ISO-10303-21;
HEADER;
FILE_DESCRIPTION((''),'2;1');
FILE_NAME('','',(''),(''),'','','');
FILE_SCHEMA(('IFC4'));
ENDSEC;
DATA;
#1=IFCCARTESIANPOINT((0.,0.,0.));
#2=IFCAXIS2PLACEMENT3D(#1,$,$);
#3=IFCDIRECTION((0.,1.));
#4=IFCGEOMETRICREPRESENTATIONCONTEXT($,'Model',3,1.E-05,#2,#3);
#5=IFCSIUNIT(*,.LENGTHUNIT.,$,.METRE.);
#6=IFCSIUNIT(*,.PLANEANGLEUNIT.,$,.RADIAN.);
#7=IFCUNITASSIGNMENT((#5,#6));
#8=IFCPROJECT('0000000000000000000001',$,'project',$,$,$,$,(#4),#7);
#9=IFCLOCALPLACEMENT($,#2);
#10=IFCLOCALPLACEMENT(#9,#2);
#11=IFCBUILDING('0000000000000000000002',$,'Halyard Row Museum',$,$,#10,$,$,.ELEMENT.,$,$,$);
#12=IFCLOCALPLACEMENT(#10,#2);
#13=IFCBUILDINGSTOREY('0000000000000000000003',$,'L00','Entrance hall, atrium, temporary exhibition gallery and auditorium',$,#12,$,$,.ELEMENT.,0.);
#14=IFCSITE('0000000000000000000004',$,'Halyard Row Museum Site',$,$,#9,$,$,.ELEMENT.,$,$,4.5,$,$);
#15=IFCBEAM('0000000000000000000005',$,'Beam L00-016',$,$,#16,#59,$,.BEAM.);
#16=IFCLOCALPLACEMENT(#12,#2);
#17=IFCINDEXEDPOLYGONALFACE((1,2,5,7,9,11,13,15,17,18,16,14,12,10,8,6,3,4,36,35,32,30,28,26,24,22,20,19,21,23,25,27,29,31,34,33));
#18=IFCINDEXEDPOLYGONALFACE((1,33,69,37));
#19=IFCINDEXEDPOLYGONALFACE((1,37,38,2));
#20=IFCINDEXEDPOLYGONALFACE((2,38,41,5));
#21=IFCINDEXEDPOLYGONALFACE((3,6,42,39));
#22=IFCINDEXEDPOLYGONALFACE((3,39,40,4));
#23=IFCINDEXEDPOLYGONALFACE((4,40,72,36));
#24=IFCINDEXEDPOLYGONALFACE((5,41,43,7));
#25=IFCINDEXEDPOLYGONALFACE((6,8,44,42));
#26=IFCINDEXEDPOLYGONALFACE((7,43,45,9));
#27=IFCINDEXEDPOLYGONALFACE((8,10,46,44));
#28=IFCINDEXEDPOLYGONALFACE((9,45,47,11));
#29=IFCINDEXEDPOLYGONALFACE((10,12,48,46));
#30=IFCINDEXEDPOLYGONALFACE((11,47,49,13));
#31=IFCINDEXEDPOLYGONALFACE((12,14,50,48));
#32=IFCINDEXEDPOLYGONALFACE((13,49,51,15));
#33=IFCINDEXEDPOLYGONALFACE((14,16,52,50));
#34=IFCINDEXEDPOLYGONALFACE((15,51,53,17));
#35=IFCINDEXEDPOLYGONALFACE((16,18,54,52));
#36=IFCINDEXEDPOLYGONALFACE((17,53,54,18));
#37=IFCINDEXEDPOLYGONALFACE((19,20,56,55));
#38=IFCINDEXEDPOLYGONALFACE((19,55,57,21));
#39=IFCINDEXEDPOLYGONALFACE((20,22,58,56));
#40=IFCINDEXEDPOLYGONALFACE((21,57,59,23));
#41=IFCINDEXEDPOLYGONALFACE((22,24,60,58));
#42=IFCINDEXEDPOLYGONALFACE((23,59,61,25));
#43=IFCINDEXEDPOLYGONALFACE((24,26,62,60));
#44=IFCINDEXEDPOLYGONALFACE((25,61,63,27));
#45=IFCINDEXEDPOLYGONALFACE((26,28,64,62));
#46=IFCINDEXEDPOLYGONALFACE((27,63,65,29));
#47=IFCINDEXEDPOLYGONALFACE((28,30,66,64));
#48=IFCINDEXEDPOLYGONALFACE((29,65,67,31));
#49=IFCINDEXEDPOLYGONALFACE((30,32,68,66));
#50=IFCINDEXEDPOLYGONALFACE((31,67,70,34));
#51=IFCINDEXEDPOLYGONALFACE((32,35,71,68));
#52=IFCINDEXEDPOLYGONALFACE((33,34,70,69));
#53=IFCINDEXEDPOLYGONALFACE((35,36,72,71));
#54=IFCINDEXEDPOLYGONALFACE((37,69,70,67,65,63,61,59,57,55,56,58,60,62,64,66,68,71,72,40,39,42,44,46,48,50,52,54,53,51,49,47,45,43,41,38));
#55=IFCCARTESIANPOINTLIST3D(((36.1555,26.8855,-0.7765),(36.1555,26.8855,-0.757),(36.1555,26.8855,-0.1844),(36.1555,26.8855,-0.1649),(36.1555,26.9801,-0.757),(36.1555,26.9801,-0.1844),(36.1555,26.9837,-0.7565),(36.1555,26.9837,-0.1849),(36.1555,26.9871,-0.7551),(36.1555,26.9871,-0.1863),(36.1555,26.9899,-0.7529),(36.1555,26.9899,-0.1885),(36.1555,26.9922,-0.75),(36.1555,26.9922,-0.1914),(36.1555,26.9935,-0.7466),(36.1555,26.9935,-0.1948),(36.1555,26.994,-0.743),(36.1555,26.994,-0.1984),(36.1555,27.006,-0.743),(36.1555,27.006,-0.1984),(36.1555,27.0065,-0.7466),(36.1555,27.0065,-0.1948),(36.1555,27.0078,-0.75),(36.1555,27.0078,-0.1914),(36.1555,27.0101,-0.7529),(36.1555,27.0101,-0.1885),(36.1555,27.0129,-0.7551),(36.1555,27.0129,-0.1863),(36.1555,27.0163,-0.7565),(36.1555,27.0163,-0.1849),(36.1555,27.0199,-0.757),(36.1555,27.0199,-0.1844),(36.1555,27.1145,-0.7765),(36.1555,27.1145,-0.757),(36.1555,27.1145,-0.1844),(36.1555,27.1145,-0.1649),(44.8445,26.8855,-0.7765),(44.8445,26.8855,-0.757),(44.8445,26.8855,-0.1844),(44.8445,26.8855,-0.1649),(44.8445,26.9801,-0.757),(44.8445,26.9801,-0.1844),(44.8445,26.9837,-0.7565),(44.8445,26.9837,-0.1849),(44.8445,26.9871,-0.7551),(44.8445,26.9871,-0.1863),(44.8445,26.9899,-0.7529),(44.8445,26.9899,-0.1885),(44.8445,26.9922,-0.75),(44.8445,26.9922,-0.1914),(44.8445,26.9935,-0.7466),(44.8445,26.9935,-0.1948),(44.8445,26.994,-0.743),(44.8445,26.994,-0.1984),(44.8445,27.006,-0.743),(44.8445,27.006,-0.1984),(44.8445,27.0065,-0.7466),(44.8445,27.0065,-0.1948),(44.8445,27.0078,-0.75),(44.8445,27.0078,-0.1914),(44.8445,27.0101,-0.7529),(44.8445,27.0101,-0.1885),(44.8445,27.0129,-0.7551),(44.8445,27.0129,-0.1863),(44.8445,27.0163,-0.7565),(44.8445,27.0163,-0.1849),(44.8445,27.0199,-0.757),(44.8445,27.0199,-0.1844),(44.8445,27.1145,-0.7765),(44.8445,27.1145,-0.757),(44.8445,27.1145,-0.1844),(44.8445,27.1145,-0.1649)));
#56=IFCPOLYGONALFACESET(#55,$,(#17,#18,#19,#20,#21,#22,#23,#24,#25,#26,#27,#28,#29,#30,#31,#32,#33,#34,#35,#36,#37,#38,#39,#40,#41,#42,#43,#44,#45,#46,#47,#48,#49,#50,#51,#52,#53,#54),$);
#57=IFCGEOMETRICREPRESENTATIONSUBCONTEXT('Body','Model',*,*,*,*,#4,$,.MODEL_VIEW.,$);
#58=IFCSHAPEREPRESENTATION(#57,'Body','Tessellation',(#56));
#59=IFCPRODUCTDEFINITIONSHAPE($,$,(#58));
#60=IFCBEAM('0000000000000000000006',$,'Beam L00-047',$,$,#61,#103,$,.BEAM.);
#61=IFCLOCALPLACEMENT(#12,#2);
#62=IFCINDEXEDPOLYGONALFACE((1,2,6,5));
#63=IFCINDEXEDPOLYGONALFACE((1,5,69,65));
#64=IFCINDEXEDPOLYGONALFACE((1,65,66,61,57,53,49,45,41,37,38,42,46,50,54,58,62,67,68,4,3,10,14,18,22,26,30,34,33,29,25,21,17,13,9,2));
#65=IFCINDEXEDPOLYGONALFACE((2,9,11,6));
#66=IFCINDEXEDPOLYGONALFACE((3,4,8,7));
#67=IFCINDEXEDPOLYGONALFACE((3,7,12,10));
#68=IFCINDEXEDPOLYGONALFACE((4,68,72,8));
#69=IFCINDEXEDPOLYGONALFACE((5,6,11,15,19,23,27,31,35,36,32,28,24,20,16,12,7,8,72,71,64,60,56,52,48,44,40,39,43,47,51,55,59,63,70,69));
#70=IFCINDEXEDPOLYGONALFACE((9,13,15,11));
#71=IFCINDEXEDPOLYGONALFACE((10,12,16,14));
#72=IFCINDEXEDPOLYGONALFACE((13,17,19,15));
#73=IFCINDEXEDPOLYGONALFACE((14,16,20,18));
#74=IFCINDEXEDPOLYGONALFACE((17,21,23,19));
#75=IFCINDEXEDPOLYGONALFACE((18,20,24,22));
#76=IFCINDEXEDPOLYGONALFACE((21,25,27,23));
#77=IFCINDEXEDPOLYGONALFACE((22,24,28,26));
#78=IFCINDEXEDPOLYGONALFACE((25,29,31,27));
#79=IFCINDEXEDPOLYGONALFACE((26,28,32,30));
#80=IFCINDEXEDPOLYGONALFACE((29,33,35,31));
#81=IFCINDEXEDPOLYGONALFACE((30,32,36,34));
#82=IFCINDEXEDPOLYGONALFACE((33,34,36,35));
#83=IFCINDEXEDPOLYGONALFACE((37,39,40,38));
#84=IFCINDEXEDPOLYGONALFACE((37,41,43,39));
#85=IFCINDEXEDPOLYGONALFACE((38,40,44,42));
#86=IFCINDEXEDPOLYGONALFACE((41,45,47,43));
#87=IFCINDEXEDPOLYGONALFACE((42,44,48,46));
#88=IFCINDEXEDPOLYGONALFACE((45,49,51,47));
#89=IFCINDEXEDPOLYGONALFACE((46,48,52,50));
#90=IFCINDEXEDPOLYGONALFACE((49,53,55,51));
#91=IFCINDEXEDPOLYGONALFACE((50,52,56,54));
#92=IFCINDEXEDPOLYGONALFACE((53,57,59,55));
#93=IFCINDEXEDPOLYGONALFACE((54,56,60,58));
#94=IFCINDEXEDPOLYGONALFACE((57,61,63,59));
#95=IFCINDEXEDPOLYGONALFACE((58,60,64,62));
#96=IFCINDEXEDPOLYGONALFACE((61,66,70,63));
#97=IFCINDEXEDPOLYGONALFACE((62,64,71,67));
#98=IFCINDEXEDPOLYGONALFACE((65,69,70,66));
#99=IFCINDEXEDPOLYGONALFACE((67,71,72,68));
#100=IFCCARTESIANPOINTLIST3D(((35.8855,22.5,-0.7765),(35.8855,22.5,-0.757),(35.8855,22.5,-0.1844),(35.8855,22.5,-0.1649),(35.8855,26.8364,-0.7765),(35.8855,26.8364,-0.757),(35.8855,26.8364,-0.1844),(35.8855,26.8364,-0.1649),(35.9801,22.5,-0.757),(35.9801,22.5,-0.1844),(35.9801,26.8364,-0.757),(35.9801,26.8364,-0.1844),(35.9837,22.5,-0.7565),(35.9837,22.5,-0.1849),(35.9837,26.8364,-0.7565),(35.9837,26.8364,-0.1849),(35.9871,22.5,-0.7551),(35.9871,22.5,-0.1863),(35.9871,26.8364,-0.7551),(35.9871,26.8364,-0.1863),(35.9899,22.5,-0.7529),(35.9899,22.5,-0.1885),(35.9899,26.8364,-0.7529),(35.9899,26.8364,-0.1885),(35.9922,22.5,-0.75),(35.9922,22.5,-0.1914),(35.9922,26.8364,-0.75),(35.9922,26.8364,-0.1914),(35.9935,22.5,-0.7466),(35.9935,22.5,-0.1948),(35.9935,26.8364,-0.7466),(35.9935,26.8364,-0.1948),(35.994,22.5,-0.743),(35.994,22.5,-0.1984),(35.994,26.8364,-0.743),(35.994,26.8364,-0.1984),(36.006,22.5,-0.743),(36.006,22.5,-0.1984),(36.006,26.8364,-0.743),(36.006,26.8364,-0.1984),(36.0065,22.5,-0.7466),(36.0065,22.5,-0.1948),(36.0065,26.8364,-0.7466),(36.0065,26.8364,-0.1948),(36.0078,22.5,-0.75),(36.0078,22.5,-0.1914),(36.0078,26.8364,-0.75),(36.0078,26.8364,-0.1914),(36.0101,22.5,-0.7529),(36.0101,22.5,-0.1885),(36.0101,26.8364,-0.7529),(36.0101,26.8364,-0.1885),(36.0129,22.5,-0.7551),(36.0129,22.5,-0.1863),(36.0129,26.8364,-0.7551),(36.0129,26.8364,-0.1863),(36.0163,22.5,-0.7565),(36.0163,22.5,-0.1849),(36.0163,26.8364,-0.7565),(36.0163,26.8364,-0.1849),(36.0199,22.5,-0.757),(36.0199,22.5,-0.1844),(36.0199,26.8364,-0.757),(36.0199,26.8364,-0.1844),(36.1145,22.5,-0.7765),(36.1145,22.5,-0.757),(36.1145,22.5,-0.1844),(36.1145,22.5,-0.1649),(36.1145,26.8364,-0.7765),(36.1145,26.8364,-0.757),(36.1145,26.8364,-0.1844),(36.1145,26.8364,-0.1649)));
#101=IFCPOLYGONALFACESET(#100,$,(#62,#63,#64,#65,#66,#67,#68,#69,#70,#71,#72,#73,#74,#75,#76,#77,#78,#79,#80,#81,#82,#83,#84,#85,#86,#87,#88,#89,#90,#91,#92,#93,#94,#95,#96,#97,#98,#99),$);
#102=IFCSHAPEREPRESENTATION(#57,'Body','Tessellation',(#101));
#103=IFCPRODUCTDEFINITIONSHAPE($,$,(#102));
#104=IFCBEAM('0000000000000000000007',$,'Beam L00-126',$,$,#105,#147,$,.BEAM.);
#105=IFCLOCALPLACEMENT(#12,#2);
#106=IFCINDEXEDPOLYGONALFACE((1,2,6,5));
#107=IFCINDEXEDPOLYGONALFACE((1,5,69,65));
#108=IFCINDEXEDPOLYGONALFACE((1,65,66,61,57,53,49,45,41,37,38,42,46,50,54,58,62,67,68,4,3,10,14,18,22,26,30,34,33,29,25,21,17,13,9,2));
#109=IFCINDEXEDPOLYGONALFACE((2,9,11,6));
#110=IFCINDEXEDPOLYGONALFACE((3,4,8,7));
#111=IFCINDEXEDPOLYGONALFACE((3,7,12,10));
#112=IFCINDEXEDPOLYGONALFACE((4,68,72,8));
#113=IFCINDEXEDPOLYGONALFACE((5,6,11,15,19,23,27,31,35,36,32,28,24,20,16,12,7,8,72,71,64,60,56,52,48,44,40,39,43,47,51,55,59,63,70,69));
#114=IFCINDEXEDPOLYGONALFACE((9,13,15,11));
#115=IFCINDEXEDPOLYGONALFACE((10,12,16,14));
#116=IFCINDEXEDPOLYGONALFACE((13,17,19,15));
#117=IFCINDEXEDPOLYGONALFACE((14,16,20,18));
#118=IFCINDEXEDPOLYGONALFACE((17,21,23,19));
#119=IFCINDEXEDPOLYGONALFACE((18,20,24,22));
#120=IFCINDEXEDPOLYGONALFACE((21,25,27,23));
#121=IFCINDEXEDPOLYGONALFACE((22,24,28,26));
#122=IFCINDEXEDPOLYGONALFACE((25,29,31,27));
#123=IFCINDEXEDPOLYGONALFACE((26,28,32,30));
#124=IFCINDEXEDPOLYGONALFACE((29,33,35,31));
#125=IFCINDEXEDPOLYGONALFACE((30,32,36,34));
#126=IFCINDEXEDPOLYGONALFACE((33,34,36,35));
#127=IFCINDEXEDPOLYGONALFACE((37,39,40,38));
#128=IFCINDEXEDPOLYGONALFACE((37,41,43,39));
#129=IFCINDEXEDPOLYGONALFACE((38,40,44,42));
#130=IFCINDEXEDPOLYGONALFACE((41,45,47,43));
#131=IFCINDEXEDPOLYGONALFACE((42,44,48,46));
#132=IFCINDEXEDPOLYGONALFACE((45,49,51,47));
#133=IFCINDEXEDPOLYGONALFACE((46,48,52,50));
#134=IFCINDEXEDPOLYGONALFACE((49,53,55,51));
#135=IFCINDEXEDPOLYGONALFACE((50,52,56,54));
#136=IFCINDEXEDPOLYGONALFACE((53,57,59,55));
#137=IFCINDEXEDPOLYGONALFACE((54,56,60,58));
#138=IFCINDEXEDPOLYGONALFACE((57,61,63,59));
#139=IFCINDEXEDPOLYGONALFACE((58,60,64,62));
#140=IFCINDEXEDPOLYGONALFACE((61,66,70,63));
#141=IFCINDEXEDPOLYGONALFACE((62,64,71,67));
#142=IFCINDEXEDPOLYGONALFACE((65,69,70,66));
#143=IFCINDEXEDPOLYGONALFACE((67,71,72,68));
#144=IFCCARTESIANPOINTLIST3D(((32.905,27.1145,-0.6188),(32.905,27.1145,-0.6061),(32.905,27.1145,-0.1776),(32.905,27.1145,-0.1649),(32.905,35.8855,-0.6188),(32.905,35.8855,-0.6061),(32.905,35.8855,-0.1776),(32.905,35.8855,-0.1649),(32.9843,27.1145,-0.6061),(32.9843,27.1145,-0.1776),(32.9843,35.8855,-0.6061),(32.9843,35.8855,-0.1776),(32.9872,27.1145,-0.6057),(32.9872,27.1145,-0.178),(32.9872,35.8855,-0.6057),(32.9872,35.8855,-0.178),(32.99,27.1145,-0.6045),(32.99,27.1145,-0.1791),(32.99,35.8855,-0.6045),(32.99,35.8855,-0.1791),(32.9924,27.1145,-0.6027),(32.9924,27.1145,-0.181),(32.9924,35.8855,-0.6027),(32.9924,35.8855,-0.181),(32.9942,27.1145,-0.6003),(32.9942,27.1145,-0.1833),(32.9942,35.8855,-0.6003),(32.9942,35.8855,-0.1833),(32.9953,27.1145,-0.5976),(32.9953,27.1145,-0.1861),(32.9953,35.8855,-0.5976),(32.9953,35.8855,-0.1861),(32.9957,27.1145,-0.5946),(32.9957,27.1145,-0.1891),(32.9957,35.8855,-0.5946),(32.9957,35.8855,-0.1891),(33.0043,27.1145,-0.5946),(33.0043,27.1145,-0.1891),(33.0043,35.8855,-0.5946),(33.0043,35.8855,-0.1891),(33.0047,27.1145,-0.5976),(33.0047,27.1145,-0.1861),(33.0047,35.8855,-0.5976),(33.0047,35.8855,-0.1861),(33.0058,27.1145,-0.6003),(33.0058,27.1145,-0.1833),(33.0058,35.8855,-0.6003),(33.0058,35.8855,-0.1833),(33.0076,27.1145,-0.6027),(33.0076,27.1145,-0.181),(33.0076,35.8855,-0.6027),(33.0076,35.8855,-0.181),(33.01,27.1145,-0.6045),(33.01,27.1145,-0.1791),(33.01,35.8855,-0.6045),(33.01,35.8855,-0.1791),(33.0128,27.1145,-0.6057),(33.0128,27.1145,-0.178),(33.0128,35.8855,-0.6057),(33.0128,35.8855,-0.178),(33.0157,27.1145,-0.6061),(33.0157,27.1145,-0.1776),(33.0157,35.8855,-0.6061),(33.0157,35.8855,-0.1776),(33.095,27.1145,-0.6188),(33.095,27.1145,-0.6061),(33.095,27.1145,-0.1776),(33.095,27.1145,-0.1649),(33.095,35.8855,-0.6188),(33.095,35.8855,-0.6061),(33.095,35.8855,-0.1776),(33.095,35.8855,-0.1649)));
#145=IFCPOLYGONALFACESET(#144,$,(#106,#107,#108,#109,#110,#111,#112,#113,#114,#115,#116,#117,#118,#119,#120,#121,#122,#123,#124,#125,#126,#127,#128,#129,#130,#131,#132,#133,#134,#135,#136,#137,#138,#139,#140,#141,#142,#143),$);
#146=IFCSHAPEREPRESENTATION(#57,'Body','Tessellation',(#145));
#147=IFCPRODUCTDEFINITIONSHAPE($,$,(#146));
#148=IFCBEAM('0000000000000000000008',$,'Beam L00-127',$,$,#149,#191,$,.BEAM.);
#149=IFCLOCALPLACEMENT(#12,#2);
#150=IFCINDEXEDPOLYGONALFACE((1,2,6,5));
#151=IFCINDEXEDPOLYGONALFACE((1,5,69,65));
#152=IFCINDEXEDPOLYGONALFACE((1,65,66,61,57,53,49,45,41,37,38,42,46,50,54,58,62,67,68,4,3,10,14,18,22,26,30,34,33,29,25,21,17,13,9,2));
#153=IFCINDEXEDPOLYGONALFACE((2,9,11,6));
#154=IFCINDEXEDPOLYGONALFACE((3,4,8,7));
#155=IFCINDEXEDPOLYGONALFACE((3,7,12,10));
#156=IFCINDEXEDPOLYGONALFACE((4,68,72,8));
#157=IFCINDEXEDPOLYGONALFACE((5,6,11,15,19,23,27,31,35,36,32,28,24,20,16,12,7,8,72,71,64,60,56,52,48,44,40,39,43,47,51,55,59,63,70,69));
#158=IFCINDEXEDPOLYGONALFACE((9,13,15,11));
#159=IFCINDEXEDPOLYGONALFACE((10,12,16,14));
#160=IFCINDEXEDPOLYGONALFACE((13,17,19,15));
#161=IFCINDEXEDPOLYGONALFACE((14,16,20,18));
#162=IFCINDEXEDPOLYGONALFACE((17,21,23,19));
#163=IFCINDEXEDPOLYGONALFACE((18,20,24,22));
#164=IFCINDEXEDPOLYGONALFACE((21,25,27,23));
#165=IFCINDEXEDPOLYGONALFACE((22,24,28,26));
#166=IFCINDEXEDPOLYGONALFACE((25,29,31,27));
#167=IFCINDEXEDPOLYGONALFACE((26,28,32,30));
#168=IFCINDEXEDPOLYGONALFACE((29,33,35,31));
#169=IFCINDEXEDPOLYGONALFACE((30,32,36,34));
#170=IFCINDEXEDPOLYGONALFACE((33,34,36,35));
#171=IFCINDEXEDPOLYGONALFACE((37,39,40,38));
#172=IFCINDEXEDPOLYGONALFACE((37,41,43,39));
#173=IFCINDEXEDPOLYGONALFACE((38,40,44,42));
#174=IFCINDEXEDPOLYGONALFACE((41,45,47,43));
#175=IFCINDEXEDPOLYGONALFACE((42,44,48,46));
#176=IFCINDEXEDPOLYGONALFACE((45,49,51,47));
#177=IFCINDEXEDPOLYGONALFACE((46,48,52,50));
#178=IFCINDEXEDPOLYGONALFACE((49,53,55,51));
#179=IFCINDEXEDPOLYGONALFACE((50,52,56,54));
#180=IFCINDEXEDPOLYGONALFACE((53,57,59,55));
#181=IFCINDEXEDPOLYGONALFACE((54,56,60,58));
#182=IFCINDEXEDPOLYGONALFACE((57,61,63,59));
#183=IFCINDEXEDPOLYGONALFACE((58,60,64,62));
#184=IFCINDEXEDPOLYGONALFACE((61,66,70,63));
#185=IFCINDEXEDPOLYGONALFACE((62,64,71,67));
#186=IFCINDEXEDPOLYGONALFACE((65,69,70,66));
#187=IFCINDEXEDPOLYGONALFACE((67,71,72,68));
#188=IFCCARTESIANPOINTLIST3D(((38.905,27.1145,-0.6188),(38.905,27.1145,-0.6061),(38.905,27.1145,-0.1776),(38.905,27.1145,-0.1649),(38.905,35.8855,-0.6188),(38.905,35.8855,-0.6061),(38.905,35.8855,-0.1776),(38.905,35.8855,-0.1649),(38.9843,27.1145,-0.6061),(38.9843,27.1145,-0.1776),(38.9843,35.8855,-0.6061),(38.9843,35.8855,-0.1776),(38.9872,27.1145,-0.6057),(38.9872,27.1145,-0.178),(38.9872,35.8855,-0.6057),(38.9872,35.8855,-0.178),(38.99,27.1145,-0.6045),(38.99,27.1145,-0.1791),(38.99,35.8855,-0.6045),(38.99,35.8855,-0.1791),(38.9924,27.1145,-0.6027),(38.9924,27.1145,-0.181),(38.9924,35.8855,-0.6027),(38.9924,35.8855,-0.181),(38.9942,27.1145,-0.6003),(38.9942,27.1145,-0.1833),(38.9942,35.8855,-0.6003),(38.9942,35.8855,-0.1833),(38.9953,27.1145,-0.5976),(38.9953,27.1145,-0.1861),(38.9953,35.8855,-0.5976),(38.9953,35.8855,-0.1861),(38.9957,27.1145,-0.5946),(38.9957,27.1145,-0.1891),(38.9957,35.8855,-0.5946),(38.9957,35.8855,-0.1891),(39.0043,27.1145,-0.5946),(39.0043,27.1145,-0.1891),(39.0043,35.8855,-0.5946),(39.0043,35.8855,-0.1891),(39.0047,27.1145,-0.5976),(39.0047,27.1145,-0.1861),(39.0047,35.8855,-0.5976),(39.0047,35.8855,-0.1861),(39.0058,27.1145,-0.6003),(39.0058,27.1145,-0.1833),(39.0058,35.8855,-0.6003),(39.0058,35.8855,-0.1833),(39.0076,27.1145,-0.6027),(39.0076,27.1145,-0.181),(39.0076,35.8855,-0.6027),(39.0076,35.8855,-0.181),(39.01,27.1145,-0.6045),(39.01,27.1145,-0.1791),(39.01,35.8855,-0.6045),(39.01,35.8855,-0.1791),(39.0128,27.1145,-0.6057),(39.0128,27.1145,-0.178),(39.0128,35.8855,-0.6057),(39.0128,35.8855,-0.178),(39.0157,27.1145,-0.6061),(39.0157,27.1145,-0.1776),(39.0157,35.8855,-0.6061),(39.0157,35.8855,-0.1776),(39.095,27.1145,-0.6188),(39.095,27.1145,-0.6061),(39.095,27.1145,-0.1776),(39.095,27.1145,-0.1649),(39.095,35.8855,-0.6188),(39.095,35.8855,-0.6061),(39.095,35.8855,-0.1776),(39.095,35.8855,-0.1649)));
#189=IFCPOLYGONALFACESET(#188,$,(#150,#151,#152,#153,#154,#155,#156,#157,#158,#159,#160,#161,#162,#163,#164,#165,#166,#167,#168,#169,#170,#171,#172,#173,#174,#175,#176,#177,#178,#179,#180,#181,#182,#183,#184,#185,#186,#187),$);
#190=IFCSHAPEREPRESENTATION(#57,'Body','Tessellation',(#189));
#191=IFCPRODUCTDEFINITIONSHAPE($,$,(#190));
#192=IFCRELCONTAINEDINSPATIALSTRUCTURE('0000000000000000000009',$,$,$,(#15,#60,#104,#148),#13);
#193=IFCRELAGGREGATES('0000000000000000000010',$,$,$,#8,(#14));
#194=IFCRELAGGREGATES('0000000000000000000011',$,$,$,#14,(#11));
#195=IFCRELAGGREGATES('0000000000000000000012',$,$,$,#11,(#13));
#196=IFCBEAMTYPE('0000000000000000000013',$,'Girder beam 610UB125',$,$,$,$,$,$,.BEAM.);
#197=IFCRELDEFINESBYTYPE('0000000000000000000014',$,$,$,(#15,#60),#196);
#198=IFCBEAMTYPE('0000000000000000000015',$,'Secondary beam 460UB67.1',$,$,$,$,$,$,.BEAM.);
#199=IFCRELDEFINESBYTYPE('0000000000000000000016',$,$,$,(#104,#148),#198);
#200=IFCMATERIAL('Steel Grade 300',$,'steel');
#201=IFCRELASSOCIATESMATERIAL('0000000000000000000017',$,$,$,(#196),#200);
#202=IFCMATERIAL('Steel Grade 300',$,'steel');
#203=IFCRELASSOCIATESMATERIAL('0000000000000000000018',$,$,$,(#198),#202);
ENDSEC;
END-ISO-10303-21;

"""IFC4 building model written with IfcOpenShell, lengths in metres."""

from ifc_helpers import new_model, si_unit, direction, frame, origin, origin_2d, place, context, subcontext, project, spatial, i_section, extrude, material, material_profile, profile_set, type_object, element, save


model = new_model("IFC4")

# Units and contexts
model_context = context("Model", 3, precision=1e-05, world=origin(), true_north=direction((0.0, 1.0)))
body_context = subcontext(model_context, "Body", "Model", "MODEL_VIEW")
ifc_project = project(units=[si_unit("LENGTHUNIT", "METRE"), si_unit("PLANEANGLEUNIT", "RADIAN")], contexts=[model_context])

# Site, building, storey
site_placement = place(None, origin())
site = spatial("IfcSite", under=ifc_project, at=site_placement, Name="Halyard Row Museum Site", CompositionType="ELEMENT", RefElevation=4.5)
building_placement = place(site_placement, origin())
building = spatial("IfcBuilding", under=site, at=building_placement, Name="Halyard Row Museum", CompositionType="ELEMENT")
storey_placement = place(building_placement, origin())
storey = spatial("IfcBuildingStorey", under=building, at=storey_placement, Name="L00", Description="Entrance hall, atrium, temporary exhibition gallery and auditorium", CompositionType="ELEMENT", Elevation=0.0)

# Beams
ifc_material_1 = material(Name="Steel Grade 300", Category="steel")
ifc_material_profile_1 = material_profile(ifc_material_1, i_section(OverallWidth=0.229, OverallDepth=0.6116, WebThickness=0.012, FlangeThickness=0.0195, FilletRadius=0.0139, at=origin_2d()), Name="610UB125")
ifc_profile_set_1 = profile_set([ifc_material_profile_1], Name="Steel Grade 300")
beam_type_1 = type_object("IfcBeamType", Name="Girder beam 610UB125", PredefinedType="BEAM", material=ifc_profile_set_1)
beam_1_placement = place(storey_placement, frame((36.1555, 27.0, -0.4707), z_axis=(1.0, 0.0, 0.0), x_axis=(0.0, 1.0, 0.0)))
element("IfcBeam", 1, at=beam_1_placement, inside=storey, type_object=beam_type_1, Name="Beam L00-016", PredefinedType="BEAM", context=body_context, shape_type="SweptSolid", body=[
    extrude(i_section(OverallWidth=0.229, OverallDepth=0.6116, WebThickness=0.012, FlangeThickness=0.0195, FilletRadius=0.0139, at=origin_2d()), origin(), (0.0, 0.0, 1.0), 8.689),
])
beam_2_placement = place(storey_placement, frame((36.0, 22.5, -0.4707), z_axis=(0.0, 1.0, 0.0), x_axis=(-1.0, 0.0, 0.0)))
element("IfcBeam", 2, at=beam_2_placement, inside=storey, type_object=beam_type_1, Name="Beam L00-047", PredefinedType="BEAM", context=body_context, shape_type="SweptSolid", body=[
    extrude(i_section(OverallWidth=0.229, OverallDepth=0.6116, WebThickness=0.012, FlangeThickness=0.0195, FilletRadius=0.0139, at=origin_2d()), origin(), (0.0, 0.0, 1.0), 4.3364),
])
ifc_material_2 = material(Name="Steel Grade 300", Category="steel")
ifc_material_profile_2 = material_profile(ifc_material_2, i_section(OverallWidth=0.1899, OverallDepth=0.4539, WebThickness=0.0085, FlangeThickness=0.0127, FilletRadius=0.0115, at=origin_2d()), Name="460UB67.1")
ifc_profile_set_2 = profile_set([ifc_material_profile_2], Name="Steel Grade 300")
beam_type_2 = type_object("IfcBeamType", Name="Secondary beam 460UB67.1", PredefinedType="BEAM", material=ifc_profile_set_2)
for number, where, z_axis, x_axis, name in (
    (3, (33.0, 27.1145, -0.3918), (0.0, 1.0, 0.0), (-1.0, 0.0, 0.0), "Beam L00-126"),
    (4, (39.0, 27.1145, -0.3918), (0.0, 1.0, 0.0), (-1.0, 0.0, 0.0), "Beam L00-127"),
):
    element("IfcBeam", number, at=place(storey_placement, frame(where, z_axis=z_axis, x_axis=x_axis)), inside=storey, type_object=beam_type_2, Name=name, PredefinedType="BEAM", context=body_context, shape_type="SweptSolid", body=[
        extrude(i_section(OverallWidth=0.1899, OverallDepth=0.4539, WebThickness=0.0085, FlangeThickness=0.0127, FilletRadius=0.0115, at=origin_2d()), origin(), (0.0, 0.0, 1.0), 8.771),
    ])

save(model, "model.ifc")
